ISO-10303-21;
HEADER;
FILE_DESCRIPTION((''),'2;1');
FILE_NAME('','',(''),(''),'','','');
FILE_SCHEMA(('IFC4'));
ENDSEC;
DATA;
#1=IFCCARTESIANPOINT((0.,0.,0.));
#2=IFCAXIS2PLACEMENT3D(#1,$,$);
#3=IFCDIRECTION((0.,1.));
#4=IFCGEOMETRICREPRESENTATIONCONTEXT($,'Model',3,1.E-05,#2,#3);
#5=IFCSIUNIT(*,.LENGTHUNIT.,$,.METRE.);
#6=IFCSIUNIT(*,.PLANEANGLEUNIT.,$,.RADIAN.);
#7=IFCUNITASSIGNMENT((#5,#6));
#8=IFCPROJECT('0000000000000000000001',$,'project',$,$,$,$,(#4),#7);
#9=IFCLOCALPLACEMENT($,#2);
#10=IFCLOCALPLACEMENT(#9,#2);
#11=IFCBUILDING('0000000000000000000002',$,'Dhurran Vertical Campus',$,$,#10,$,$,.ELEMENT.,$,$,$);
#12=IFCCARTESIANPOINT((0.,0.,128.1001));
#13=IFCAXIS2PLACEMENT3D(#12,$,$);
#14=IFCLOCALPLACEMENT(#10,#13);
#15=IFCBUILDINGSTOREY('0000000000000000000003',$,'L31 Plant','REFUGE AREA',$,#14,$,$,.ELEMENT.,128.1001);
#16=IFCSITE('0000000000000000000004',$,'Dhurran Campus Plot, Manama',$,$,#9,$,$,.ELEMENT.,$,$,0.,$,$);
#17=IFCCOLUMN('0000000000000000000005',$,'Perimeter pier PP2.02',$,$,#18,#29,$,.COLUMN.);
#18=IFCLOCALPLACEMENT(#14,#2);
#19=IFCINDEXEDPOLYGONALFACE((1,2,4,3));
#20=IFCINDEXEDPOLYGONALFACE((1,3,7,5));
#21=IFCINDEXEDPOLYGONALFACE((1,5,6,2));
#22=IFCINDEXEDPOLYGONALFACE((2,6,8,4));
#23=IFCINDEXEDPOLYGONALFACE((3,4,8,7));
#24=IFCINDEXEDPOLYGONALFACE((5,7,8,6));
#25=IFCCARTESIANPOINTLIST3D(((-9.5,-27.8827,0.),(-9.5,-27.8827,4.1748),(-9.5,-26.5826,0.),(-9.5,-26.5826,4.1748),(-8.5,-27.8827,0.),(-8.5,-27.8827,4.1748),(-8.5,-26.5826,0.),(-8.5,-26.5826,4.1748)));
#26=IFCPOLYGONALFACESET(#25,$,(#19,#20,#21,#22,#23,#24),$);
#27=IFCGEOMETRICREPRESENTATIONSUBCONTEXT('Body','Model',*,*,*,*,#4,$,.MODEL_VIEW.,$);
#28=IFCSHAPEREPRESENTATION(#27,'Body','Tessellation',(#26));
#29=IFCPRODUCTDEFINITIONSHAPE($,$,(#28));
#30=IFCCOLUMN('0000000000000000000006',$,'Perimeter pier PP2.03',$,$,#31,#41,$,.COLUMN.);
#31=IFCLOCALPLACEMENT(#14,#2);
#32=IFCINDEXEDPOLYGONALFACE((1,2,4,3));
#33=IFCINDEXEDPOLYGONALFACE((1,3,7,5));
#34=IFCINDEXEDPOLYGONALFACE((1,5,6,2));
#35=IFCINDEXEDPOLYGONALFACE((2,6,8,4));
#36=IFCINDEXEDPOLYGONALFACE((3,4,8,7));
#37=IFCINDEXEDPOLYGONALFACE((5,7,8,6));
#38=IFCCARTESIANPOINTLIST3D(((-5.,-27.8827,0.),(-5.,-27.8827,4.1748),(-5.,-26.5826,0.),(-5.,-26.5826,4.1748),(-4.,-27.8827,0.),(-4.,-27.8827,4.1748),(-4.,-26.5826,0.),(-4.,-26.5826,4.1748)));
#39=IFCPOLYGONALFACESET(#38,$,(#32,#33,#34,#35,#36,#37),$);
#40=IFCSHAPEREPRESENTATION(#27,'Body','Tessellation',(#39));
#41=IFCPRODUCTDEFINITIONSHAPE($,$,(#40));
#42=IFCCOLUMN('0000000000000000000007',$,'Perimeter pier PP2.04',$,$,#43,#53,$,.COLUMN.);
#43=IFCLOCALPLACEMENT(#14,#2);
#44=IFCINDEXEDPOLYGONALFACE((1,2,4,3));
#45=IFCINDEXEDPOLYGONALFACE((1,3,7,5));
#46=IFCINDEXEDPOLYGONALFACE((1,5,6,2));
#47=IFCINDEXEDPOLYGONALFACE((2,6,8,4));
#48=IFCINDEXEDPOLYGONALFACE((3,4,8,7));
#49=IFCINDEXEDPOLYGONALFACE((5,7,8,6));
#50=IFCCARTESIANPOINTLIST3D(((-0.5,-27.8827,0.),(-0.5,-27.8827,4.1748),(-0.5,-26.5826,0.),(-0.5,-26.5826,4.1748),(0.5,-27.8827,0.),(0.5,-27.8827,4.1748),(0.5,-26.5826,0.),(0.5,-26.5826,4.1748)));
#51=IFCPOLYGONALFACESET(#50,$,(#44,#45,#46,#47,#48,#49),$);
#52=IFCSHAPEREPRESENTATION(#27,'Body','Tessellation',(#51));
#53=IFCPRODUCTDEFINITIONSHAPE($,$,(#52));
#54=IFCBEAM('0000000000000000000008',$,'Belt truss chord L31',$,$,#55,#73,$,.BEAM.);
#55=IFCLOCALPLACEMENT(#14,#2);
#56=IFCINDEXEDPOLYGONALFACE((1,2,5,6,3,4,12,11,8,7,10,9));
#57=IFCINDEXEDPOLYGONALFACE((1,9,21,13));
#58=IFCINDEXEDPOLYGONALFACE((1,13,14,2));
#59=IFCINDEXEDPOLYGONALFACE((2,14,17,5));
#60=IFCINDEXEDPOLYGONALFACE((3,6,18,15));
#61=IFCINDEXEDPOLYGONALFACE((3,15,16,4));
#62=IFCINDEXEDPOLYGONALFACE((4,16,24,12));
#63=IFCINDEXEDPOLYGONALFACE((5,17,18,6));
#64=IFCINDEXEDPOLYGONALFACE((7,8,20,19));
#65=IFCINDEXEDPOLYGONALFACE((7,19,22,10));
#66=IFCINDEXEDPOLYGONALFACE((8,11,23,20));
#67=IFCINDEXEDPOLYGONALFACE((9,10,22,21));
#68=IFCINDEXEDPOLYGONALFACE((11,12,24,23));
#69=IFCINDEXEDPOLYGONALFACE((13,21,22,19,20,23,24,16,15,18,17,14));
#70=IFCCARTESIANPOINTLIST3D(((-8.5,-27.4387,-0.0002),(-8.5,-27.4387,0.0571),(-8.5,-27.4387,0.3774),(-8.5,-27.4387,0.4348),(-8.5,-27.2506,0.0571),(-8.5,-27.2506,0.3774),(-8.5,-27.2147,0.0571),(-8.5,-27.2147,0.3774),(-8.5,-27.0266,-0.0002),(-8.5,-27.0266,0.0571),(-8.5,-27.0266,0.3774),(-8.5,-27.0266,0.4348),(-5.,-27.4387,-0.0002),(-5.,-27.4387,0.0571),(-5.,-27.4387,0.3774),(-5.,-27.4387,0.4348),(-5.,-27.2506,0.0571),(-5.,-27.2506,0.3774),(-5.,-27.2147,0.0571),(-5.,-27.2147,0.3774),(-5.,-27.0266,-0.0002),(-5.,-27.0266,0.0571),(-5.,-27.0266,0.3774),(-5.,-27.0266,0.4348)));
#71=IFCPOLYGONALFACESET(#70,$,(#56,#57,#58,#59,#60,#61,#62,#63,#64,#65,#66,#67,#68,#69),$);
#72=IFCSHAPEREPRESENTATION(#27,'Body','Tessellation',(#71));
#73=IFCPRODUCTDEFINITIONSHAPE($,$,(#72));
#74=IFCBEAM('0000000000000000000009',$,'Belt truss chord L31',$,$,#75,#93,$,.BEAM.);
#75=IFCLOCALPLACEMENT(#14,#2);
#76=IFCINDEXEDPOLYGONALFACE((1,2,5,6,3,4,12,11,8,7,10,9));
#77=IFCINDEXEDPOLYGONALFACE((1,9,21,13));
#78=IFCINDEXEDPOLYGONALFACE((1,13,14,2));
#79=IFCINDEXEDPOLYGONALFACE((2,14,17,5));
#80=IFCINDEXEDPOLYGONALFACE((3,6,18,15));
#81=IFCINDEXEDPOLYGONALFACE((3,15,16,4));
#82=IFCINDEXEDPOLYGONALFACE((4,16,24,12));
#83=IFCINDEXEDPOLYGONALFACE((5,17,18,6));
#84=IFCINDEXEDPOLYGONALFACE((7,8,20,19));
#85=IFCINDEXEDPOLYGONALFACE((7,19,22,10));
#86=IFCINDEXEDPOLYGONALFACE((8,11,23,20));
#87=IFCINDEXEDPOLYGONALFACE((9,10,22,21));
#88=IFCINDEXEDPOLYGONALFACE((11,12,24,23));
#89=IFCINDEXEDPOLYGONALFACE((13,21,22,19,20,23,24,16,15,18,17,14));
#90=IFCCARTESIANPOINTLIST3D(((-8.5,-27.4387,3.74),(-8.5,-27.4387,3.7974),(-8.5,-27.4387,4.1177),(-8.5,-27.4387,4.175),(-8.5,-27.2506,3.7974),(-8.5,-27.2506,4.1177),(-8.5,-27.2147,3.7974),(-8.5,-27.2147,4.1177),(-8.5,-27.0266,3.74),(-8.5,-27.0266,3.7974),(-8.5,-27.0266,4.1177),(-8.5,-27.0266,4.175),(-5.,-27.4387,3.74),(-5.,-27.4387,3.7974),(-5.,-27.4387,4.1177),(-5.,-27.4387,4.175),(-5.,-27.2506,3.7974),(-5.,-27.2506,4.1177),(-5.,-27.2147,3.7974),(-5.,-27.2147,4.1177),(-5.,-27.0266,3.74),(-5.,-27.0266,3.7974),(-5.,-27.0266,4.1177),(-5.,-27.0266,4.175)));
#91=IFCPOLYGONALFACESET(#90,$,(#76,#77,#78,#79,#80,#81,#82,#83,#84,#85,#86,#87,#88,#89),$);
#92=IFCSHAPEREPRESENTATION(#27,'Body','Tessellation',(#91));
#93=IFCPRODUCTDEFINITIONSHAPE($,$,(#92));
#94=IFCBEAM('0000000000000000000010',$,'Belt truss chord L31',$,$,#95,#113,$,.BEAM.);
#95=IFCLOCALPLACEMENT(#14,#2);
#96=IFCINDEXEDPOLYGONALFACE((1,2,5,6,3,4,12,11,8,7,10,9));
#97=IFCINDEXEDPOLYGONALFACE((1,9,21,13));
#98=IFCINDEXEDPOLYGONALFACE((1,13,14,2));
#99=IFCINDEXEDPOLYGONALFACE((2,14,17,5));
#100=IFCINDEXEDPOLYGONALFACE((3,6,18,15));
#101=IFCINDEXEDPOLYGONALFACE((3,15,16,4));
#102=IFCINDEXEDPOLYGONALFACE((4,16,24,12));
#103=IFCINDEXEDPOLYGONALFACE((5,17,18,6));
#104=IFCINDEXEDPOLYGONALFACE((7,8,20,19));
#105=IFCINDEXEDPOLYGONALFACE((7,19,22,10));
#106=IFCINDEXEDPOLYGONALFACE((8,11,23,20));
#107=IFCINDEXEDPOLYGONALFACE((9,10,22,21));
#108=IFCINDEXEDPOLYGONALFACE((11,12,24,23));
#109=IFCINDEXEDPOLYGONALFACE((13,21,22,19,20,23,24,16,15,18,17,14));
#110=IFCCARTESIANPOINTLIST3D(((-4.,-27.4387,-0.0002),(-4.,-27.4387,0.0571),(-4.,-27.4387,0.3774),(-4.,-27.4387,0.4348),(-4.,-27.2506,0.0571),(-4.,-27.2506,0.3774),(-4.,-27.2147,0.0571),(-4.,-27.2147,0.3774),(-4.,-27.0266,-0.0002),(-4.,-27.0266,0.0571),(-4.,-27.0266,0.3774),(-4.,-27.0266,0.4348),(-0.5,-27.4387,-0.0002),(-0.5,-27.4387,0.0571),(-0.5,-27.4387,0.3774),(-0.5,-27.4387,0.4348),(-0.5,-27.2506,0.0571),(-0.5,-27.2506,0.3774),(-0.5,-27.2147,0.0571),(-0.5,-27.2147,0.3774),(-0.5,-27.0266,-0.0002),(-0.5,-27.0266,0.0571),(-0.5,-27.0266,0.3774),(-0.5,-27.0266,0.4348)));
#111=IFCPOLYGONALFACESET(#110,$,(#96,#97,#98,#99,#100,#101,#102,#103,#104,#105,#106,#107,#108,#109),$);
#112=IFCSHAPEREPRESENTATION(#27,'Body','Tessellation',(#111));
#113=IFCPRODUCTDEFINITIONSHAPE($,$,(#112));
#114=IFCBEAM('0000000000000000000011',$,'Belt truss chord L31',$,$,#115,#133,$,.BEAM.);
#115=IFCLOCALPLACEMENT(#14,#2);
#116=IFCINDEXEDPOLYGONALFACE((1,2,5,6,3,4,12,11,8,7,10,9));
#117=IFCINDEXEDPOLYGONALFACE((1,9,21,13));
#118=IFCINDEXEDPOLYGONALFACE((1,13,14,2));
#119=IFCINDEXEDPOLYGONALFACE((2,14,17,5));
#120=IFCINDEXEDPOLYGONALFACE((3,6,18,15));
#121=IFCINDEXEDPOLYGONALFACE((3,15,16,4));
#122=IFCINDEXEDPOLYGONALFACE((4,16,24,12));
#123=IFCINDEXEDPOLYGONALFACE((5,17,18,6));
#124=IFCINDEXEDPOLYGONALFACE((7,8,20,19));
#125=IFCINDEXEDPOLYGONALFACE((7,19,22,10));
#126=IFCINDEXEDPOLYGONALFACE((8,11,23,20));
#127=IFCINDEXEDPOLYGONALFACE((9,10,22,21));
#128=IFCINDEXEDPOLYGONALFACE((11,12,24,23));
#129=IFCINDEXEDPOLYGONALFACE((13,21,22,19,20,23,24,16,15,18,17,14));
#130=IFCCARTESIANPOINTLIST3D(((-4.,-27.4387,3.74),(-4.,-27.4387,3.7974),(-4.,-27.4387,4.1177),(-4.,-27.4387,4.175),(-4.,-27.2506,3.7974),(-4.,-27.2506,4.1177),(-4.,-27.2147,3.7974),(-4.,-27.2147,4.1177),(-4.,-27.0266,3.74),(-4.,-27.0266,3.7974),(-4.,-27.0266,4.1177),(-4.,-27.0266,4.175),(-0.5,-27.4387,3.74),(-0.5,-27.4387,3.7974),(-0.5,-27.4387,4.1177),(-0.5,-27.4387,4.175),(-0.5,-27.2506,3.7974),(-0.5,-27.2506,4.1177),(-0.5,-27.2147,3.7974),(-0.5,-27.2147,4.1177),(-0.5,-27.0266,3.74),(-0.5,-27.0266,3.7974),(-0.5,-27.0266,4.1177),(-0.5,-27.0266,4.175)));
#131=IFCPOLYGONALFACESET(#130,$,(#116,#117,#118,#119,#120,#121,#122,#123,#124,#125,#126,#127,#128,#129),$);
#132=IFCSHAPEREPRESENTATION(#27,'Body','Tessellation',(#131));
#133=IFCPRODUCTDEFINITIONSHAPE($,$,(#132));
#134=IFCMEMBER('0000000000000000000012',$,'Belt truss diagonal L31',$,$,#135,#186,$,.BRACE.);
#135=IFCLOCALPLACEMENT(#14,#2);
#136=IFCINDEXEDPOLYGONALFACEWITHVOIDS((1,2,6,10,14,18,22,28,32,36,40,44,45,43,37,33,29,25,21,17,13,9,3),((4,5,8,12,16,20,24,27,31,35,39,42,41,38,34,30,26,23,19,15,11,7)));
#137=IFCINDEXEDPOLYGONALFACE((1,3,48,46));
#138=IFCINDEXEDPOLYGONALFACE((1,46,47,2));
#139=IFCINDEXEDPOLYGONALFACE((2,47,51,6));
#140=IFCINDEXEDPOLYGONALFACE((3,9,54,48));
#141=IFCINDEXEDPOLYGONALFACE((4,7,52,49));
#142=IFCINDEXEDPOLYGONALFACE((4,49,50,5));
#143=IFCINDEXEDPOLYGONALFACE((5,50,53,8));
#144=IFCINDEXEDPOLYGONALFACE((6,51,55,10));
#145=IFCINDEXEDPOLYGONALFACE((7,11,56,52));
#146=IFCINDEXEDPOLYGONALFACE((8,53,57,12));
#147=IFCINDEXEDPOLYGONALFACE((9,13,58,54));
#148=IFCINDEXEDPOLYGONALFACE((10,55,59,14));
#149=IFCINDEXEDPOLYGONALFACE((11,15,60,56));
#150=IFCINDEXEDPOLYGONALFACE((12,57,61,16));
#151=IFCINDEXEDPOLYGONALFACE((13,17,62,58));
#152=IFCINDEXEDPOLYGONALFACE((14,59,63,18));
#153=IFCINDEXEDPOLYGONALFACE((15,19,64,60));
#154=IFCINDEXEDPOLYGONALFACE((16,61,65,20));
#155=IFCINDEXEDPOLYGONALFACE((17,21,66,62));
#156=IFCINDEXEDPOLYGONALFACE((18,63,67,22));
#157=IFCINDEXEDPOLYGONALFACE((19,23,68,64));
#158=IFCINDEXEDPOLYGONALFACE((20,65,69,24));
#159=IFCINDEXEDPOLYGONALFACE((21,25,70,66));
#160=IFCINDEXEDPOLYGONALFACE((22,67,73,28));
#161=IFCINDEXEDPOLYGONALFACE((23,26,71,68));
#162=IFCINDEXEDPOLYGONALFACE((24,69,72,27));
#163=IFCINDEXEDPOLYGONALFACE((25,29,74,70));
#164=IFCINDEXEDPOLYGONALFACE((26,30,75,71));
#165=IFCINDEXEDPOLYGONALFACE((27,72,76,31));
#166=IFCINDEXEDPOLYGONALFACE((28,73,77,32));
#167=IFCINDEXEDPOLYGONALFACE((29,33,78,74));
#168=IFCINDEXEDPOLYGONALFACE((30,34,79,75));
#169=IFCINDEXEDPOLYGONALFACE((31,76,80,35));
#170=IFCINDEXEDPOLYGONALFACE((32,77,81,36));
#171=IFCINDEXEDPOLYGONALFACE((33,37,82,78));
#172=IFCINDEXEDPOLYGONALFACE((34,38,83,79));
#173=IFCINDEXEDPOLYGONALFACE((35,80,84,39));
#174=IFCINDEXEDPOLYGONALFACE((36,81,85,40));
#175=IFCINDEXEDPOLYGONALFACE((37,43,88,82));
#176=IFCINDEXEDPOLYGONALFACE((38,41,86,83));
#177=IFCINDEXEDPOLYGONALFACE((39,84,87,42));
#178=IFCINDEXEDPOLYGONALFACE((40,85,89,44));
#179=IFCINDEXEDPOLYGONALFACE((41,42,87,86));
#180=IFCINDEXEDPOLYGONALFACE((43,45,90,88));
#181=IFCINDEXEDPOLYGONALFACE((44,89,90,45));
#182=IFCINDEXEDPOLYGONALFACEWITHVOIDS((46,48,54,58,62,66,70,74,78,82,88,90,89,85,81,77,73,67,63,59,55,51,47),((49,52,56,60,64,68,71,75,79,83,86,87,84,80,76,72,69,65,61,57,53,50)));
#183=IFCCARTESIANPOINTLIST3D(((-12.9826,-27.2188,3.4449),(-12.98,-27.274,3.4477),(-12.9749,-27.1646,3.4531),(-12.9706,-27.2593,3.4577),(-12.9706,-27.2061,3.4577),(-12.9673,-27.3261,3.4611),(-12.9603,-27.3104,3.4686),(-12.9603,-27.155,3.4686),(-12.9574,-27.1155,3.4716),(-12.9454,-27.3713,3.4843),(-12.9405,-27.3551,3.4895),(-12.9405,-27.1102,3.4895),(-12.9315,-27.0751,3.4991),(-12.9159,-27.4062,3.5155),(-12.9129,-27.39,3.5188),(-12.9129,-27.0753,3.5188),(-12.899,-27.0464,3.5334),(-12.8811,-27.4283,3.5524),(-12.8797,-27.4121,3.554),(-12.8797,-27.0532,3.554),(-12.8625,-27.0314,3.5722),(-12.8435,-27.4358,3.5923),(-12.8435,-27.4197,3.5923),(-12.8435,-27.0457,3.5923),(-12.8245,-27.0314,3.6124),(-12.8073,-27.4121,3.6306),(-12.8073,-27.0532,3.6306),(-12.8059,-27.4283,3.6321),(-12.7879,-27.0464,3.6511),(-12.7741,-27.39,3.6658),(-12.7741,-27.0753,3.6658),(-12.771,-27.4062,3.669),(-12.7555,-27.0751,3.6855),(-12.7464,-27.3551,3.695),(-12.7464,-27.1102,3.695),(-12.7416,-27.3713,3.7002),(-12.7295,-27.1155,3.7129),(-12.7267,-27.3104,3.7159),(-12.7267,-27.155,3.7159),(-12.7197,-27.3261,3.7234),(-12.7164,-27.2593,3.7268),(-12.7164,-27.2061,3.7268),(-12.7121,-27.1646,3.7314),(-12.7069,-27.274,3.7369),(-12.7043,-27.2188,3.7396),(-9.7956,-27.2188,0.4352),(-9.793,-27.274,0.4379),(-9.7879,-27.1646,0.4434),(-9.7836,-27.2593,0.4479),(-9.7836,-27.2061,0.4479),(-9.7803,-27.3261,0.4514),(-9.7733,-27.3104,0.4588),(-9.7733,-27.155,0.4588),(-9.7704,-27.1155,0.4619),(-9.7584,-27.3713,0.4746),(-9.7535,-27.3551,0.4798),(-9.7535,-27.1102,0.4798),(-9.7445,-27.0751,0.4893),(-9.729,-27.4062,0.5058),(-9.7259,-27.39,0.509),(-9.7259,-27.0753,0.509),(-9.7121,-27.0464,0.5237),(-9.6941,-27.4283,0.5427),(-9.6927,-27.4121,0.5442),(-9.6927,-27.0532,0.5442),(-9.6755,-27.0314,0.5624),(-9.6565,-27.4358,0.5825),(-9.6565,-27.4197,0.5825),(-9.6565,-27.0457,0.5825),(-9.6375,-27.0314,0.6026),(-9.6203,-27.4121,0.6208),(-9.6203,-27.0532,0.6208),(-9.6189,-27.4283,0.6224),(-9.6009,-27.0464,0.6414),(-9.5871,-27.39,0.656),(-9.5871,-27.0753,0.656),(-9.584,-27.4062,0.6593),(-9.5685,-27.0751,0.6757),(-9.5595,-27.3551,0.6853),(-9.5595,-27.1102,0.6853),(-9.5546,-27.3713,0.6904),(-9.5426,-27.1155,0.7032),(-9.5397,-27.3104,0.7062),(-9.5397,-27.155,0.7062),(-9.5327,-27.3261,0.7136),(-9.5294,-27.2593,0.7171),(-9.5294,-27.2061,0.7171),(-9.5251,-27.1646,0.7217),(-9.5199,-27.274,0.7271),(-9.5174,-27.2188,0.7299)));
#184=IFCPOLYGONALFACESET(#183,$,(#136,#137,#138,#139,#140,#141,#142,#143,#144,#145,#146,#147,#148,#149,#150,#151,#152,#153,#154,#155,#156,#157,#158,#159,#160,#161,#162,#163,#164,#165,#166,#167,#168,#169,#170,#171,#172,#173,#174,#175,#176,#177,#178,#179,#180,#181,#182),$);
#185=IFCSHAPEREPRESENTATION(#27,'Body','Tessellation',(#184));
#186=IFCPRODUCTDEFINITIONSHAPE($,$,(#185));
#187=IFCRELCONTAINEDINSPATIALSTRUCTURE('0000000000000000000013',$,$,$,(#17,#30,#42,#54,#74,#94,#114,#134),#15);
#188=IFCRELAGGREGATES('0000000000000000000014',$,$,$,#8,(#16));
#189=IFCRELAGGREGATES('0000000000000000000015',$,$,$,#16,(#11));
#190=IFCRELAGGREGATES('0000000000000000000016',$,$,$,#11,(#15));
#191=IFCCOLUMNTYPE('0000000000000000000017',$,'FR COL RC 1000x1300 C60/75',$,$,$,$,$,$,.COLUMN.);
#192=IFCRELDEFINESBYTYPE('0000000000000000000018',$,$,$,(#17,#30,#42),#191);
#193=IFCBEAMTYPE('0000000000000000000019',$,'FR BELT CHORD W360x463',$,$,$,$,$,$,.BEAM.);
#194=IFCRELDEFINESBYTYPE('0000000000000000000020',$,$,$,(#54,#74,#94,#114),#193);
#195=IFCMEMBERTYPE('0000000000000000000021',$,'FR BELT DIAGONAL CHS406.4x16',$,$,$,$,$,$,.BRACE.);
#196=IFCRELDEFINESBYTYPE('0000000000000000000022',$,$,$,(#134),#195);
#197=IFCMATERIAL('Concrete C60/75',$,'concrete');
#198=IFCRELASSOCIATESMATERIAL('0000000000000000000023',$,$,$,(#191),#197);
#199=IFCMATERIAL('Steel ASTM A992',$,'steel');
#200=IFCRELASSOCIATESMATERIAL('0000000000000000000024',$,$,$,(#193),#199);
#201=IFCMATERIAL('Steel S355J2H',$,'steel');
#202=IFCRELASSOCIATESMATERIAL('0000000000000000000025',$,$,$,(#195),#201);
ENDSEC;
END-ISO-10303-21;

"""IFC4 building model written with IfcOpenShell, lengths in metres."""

from ifc_helpers import new_model, si_unit, direction, frame, origin, origin_2d, place, context, subcontext, project, spatial, rectangle, hollow_circle, i_section, extrude, material, material_profile, profile_set, type_object, element, save


model = new_model("IFC4")

# Units and contexts
model_context = context("Model", 3, precision=1e-05, world=origin(), true_north=direction((0.0, 1.0)))
body_context = subcontext(model_context, "Body", "Model", "MODEL_VIEW")
ifc_project = project(units=[si_unit("LENGTHUNIT", "METRE"), si_unit("PLANEANGLEUNIT", "RADIAN")], contexts=[model_context])

# Site, building, storey
site_placement = place(None, origin())
site = spatial("IfcSite", under=ifc_project, at=site_placement, Name="Dhurran Campus Plot, Manama", CompositionType="ELEMENT", RefElevation=0.0)
building_placement = place(site_placement, origin())
building = spatial("IfcBuilding", under=site, at=building_placement, Name="Dhurran Vertical Campus", CompositionType="ELEMENT")
storey_placement = place(building_placement, frame((0.0, 0.0, 128.1001)))
storey = spatial("IfcBuildingStorey", under=building, at=storey_placement, Name="L31 Plant", Description="REFUGE AREA", CompositionType="ELEMENT", Elevation=128.1001)

# Columns
ifc_material_1 = material(Name="Concrete C60/75", Category="concrete")
ifc_material_profile_1 = material_profile(ifc_material_1, rectangle(XDim=1.0, YDim=1.3, at=origin_2d()), Name="RC 1000x1300")
ifc_profile_set_1 = profile_set([ifc_material_profile_1], Name="Concrete C60/75")
column_type = type_object("IfcColumnType", Name="FR COL RC 1000x1300 C60/75", PredefinedType="COLUMN", material=ifc_profile_set_1)
for number, where, z_axis, x_axis, name in (
    (1, (-9.0, -27.2327, 0.0), (0.0, 0.0, 1.0), (1.0, 0.0, 0.0), "Perimeter pier PP2.02"),
    (2, (-4.5, -27.2327, 0.0), (0.0, 0.0, 1.0), (1.0, 0.0, 0.0), "Perimeter pier PP2.03"),
    (3, (0.0, -27.2327, 0.0), (0.0, 0.0, 1.0), (1.0, 0.0, 0.0), "Perimeter pier PP2.04"),
):
    element("IfcColumn", number, at=place(storey_placement, frame(where, z_axis=z_axis, x_axis=x_axis)), inside=storey, type_object=column_type, Name=name, PredefinedType="COLUMN", context=body_context, shape_type="SweptSolid", body=[
        extrude(rectangle(XDim=1.0, YDim=1.3, at=origin_2d()), origin(), (0.0, 0.0, 1.0), 4.1748),
    ])

# Beams
ifc_material_2 = material(Name="Steel ASTM A992", Category="steel")
ifc_material_profile_2 = material_profile(ifc_material_2, i_section(OverallWidth=0.4121, OverallDepth=0.4351, WebThickness=0.0359, FlangeThickness=0.0574, at=origin_2d()), Name="W360x463")
ifc_profile_set_2 = profile_set([ifc_material_profile_2], Name="Steel ASTM A992")
beam_type = type_object("IfcBeamType", Name="FR BELT CHORD W360x463", PredefinedType="BEAM", material=ifc_profile_set_2)
for number, where, z_axis, x_axis, name in (
    (4, (-8.5, -27.2327, 0.2173), (1.0, 0.0, 0.0), (0.0, 1.0, 0.0), "Belt truss chord L31"),
    (5, (-8.5, -27.2327, 3.9575), (1.0, 0.0, 0.0), (0.0, 1.0, 0.0), "Belt truss chord L31"),
    (6, (-4.0, -27.2327, 0.2173), (1.0, 0.0, 0.0), (0.0, 1.0, 0.0), "Belt truss chord L31"),
    (7, (-4.0, -27.2327, 3.9575), (1.0, 0.0, 0.0), (0.0, 1.0, 0.0), "Belt truss chord L31"),
):
    element("IfcBeam", number, at=place(storey_placement, frame(where, z_axis=z_axis, x_axis=x_axis)), inside=storey, type_object=beam_type, Name=name, PredefinedType="BEAM", context=body_context, shape_type="SweptSolid", body=[
        extrude(i_section(OverallWidth=0.4121, OverallDepth=0.4351, WebThickness=0.0359, FlangeThickness=0.0574, at=origin_2d()), origin(), (0.0, 0.0, 1.0), 3.5),
    ])

# Member
ifc_material_3 = material(Name="Steel S355J2H", Category="steel")
ifc_material_profile_3 = material_profile(ifc_material_3, hollow_circle(Radius=0.2031, WallThickness=0.0161, at=origin_2d()), Name="CHS406.4x16")
ifc_profile_set_3 = profile_set([ifc_material_profile_3], Name="Steel S355J2H")
member_type = type_object("IfcMemberType", Name="FR BELT DIAGONAL CHS406.4x16", PredefinedType="BRACE", material=ifc_profile_set_3)
for number, where, z_axis, x_axis, name in (
    (8, (-9.6565, -27.2327, 0.5825), (-0.727035, 0.0, 0.686601), (0.0, -1.0, 0.0), "Belt truss diagonal L31"),
):
    element("IfcMember", number, at=place(storey_placement, frame(where, z_axis=z_axis, x_axis=x_axis)), inside=storey, type_object=member_type, Name=name, PredefinedType="BRACE", context=body_context, shape_type="SweptSolid", body=[
        extrude(hollow_circle(Radius=0.2031, WallThickness=0.0161, at=origin_2d()), origin(), (0.0, 0.0, 1.0), 4.3835),
    ])

save(model, "model.ifc")
